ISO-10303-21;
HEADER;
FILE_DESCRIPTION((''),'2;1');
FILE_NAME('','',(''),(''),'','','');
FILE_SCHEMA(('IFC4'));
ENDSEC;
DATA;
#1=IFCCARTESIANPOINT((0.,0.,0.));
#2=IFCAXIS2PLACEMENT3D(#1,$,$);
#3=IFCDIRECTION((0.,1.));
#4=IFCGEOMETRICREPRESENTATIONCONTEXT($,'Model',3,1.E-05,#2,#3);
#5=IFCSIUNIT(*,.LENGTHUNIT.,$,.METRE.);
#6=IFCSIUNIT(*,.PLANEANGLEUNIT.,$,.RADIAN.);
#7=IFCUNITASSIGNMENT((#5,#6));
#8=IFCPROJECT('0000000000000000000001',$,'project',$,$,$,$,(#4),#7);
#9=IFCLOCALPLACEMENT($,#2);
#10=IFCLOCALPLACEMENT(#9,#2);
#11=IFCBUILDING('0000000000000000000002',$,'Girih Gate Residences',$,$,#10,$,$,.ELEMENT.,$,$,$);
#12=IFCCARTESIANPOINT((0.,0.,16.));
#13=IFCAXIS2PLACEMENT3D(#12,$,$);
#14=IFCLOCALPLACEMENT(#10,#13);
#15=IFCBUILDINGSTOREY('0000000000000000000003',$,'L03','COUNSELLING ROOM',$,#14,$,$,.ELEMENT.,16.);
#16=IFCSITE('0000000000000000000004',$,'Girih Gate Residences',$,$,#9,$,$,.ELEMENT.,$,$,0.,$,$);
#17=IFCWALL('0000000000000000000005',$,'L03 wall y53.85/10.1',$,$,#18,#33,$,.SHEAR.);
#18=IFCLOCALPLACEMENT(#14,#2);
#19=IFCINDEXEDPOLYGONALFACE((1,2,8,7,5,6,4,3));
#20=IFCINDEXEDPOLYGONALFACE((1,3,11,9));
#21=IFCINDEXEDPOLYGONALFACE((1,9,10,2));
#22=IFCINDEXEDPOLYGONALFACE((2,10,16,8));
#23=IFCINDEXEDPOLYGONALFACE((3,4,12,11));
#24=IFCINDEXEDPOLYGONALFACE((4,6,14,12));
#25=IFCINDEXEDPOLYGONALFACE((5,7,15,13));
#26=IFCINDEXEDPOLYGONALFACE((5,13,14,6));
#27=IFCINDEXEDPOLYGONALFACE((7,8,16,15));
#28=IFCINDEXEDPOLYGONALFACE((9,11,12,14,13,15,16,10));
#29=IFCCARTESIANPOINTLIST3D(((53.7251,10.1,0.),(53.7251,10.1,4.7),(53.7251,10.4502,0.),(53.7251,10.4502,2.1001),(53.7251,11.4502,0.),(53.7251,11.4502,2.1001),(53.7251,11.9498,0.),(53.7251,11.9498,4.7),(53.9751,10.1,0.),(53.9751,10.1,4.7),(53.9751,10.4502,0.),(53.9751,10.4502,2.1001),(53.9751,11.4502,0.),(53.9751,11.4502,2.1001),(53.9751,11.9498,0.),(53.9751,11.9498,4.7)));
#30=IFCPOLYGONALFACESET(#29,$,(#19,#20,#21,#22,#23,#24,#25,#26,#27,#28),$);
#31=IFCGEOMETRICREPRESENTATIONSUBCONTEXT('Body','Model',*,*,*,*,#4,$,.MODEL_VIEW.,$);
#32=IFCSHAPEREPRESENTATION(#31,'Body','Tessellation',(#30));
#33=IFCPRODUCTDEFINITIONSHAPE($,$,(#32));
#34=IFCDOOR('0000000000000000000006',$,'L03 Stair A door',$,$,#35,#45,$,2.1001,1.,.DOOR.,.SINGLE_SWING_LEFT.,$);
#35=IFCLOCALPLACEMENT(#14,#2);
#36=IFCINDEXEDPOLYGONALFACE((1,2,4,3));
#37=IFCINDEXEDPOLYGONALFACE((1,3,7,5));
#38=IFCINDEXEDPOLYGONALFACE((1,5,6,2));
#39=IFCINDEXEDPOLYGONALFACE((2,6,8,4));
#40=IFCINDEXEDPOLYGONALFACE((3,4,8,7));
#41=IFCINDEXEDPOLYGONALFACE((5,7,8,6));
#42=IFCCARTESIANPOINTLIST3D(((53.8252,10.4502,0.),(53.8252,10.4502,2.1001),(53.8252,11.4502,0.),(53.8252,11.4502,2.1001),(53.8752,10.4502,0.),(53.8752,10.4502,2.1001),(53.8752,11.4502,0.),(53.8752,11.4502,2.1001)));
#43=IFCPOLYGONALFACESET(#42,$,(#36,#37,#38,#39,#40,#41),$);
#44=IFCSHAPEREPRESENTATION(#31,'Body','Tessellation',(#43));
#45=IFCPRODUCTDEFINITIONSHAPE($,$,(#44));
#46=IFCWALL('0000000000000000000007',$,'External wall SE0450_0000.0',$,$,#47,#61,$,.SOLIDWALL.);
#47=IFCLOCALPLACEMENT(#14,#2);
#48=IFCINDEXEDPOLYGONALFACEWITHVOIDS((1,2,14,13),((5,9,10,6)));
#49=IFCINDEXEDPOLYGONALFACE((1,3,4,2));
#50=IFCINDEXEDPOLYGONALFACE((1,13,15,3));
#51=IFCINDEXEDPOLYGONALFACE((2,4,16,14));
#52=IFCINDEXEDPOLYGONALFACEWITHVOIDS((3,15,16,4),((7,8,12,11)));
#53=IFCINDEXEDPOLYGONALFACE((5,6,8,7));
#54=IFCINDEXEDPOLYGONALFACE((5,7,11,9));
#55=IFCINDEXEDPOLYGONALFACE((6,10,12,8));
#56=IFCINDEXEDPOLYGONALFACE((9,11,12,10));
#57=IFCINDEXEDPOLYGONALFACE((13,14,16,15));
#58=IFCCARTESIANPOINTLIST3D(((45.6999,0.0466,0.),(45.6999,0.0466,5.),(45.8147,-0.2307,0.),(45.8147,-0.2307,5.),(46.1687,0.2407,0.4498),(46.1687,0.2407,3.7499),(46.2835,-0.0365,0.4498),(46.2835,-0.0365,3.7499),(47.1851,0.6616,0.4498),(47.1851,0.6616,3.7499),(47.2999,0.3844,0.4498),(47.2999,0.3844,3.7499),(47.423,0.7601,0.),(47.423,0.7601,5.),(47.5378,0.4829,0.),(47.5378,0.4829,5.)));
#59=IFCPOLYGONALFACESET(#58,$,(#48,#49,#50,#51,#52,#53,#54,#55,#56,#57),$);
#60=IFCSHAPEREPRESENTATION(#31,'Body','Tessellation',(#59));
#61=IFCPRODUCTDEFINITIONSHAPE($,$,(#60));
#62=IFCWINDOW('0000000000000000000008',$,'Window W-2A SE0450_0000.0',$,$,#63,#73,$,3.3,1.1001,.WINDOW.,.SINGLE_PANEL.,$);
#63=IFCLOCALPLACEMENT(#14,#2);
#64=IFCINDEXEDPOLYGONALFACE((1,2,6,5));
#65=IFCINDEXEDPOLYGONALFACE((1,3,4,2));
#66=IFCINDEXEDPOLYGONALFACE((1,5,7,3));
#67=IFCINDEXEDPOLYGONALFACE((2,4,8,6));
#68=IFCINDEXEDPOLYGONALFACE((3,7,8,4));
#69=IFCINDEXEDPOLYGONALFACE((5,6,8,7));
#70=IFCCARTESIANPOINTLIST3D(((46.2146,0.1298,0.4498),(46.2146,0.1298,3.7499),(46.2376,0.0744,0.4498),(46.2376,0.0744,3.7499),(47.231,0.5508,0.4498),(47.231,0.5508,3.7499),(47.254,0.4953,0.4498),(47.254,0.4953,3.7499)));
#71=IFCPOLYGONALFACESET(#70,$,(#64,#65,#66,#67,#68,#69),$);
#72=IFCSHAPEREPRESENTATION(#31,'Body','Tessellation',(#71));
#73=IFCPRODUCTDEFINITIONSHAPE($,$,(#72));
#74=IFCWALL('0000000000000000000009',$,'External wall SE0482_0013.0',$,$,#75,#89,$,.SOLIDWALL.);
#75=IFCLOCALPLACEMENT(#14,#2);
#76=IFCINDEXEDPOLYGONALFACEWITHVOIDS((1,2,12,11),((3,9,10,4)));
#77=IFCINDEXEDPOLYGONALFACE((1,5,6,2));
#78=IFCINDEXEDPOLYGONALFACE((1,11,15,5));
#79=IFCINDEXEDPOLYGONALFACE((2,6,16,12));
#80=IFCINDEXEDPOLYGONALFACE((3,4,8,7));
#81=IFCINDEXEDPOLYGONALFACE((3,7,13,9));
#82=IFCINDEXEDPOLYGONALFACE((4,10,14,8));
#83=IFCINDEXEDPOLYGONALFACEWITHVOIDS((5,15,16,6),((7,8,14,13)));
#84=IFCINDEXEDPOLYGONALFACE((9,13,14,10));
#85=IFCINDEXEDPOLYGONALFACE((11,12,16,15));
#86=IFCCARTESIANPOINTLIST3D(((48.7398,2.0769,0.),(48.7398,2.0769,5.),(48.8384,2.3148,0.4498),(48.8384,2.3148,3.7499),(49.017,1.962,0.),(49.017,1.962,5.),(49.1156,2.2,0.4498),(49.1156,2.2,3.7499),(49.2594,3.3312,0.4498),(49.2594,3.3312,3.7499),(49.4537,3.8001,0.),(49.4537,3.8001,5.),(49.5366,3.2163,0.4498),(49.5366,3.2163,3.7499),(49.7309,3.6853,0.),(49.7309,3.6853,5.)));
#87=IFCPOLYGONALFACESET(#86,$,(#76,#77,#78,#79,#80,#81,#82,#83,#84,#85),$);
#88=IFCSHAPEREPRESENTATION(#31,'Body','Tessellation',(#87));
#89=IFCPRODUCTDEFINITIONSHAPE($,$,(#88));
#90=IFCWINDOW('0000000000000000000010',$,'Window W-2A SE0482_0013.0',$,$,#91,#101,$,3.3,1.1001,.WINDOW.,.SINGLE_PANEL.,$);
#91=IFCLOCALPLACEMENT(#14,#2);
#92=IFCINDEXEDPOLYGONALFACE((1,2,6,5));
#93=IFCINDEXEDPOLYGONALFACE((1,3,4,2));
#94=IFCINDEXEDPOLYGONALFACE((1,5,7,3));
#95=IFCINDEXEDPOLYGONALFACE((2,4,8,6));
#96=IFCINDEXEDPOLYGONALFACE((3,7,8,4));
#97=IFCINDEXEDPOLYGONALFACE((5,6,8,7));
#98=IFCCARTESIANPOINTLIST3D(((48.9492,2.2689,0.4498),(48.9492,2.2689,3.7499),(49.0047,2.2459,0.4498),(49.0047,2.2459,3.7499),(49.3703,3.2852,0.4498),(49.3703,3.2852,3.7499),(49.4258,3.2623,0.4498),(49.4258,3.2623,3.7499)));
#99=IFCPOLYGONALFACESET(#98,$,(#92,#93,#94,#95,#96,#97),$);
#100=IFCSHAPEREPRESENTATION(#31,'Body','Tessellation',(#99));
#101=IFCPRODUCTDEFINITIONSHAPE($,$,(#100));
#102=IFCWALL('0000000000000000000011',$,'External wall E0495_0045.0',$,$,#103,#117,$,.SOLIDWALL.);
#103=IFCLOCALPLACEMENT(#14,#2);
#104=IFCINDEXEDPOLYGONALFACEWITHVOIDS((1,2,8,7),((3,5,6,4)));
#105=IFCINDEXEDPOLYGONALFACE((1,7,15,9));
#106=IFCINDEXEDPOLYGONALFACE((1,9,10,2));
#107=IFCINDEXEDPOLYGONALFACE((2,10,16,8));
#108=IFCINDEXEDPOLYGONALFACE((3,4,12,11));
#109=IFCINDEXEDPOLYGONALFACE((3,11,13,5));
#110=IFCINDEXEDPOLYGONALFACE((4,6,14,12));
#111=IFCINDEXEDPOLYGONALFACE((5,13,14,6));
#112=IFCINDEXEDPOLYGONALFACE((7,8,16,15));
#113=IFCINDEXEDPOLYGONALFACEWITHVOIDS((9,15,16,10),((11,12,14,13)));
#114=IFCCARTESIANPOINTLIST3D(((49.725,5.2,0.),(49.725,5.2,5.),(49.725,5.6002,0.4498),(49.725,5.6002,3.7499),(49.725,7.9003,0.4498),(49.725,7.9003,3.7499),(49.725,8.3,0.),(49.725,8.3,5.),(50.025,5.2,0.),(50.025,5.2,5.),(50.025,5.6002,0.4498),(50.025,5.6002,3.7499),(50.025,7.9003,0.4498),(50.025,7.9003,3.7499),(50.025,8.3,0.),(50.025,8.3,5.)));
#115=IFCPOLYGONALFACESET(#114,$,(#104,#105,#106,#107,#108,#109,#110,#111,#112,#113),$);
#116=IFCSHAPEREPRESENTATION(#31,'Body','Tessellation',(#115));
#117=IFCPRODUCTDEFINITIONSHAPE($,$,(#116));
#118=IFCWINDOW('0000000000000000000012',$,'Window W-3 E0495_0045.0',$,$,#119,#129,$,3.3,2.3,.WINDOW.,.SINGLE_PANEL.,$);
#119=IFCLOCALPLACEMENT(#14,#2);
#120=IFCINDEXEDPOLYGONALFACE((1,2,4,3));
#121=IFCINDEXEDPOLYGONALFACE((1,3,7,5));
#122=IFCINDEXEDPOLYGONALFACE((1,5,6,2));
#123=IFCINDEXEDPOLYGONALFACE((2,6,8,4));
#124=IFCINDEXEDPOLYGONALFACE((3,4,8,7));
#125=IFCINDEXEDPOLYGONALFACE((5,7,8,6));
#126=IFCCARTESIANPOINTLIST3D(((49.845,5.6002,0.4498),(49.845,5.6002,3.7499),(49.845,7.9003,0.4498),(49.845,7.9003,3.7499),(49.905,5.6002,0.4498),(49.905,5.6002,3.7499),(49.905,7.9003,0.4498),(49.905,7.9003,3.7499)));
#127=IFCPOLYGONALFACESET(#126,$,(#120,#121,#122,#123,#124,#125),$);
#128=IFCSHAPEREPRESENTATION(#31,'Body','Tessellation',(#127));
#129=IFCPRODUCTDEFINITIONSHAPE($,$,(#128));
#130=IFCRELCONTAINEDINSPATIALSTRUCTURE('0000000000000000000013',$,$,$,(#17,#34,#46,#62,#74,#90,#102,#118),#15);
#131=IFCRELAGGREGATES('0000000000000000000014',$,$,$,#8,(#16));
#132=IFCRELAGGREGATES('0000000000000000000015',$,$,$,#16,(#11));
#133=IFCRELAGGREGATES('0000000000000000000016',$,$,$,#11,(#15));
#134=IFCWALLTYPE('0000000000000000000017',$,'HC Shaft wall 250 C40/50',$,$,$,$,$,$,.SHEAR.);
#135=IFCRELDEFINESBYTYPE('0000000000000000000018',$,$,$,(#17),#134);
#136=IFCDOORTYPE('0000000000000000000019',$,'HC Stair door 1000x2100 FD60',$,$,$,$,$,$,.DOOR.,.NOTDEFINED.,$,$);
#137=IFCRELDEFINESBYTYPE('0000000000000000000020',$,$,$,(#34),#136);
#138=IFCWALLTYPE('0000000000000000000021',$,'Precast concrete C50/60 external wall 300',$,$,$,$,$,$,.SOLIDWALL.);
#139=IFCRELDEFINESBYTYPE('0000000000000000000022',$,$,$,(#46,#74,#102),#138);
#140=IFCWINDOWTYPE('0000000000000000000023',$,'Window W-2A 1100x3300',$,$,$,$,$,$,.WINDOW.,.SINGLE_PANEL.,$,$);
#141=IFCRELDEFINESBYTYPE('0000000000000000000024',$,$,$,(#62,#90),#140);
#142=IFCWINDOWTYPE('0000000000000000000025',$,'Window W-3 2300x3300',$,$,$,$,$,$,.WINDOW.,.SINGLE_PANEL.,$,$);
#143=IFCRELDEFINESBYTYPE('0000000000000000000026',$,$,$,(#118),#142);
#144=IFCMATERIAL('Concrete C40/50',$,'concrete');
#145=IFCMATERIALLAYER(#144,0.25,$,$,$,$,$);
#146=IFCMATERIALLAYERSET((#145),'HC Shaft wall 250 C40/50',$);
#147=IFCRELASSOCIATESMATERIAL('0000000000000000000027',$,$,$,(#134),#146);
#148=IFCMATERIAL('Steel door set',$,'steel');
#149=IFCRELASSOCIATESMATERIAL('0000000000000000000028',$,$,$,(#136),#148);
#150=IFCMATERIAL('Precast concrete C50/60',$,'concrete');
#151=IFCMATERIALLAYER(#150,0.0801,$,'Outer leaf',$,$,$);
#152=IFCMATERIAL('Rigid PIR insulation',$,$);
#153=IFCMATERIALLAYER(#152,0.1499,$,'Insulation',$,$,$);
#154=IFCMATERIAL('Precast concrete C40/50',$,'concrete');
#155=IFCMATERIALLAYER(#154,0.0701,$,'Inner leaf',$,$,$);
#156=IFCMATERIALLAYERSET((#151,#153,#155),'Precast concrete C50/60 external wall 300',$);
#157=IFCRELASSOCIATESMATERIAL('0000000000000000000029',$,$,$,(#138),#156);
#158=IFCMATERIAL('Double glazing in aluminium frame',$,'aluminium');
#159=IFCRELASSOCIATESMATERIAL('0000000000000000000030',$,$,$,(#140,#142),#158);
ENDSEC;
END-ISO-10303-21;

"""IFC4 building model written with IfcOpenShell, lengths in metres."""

from ifc_helpers import new_model, si_unit, direction, frame, frame_2d, origin, place, context, subcontext, project, spatial, rectangle, extrude, material, layer, layer_set, type_object, element, fill, save


model = new_model("IFC4")

# Units and contexts
model_context = context("Model", 3, precision=1e-05, world=origin(), true_north=direction((0.0, 1.0)))
body_context = subcontext(model_context, "Body", "Model", "MODEL_VIEW")
ifc_project = project(units=[si_unit("LENGTHUNIT", "METRE"), si_unit("PLANEANGLEUNIT", "RADIAN")], contexts=[model_context])

# Site, building, storey
site_placement = place(None, origin())
site = spatial("IfcSite", under=ifc_project, at=site_placement, Name="Girih Gate Residences", CompositionType="ELEMENT", RefElevation=0.0)
building_placement = place(site_placement, origin())
building = spatial("IfcBuilding", under=site, at=building_placement, Name="Girih Gate Residences", CompositionType="ELEMENT")
storey_placement = place(building_placement, frame((0.0, 0.0, 16.0)))
storey = spatial("IfcBuildingStorey", under=building, at=storey_placement, Name="L03", Description="COUNSELLING ROOM", CompositionType="ELEMENT", Elevation=16.0)

# Shared definitions
ifc_material_1 = material(Name="Concrete C40/50", Category="concrete")

# Shared definitions
ifc_material_2 = material(Name="Precast concrete C40/50", Category="concrete")
ifc_layer_1 = layer(ifc_material_1, 0.25)
ifc_layer_set_1 = layer_set([ifc_layer_1], Name="HC Shaft wall 250 C40/50")
wall_type_1 = type_object("IfcWallType", Name="HC Shaft wall 250 C40/50", PredefinedType="SHEAR", material=ifc_layer_set_1)

# Wall, opening, door
wall_1_placement = place(storey_placement, frame((53.8501, 10.1001, 0.0), z_axis=(0.0, 0.0, 1.0), x_axis=(0.0, 1.0, 0.0)))
wall_1 = element("IfcWall", 1, at=wall_1_placement, inside=storey, type_object=wall_type_1, Name="L03 wall y53.85/10.1", PredefinedType="SHEAR", context=body_context, shape_type="SweptSolid", body=[
    extrude(rectangle(XDim=1.8499, YDim=0.25, at=frame_2d((0.9248, 0.0))), origin(), (0.0, 0.0, 1.0), 4.7),
])
opening_1_placement = place(wall_1_placement, frame((0.3501, 0.0, 0.0)))
opening_1 = element("IfcOpeningElement", 2, at=opening_1_placement, cuts=wall_1, PredefinedType="OPENING", context=body_context, shape_type="SweptSolid", body=[
    extrude(rectangle(XDim=1.0, YDim=2.1001, at=frame_2d((0.5, 1.05))), frame((0.0, 0.135, 0.0), z_axis=(0.0, -1.0, 0.0), x_axis=(1.0, 0.0, 0.0)), (0.0, 0.0, 1.0), 0.27),
])
ifc_material_3 = material(Name="Steel door set", Category="steel")
door_type = type_object("IfcDoorType", Name="HC Stair door 1000x2100 FD60", OperationType="NOTDEFINED", PredefinedType="DOOR", material=ifc_material_3)
door_placement = place(opening_1_placement, origin())
door = element("IfcDoor", 3, at=door_placement, inside=storey, type_object=door_type, Name="L03 Stair A door", OperationType="SINGLE_SWING_LEFT", OverallHeight=2.1001, OverallWidth=1.0, PredefinedType="DOOR", context=body_context, shape_type="SweptSolid", body=[
    extrude(rectangle(XDim=1.0, YDim=2.1001, at=frame_2d((0.5, 1.05))), frame((0.0, 0.0249, 0.0), z_axis=(0.0, -1.0, 0.0), x_axis=(1.0, 0.0, 0.0)), (0.0, 0.0, 1.0), 0.05),
])
fill(opening_1, door)

# Walls, openings, windows
ifc_material_4 = material(Name="Precast concrete C50/60", Category="concrete")
ifc_layer_2 = layer(ifc_material_4, 0.0801, Name="Outer leaf")
ifc_material_5 = material(Name="Rigid PIR insulation")
ifc_layer_3 = layer(ifc_material_5, 0.1499, Name="Insulation")
ifc_layer_4 = layer(ifc_material_2, 0.0701, Name="Inner leaf")
ifc_layer_set_2 = layer_set([ifc_layer_2, ifc_layer_3, ifc_layer_4], Name="Precast concrete C50/60 external wall 300")
wall_type_2 = type_object("IfcWallType", Name="Precast concrete C50/60 external wall 300", PredefinedType="SOLIDWALL", material=ifc_layer_set_2)
wall_2_placement = place(storey_placement, frame((47.4805, 0.6216, 0.0), z_axis=(0.0, 0.0, 1.0), x_axis=(-0.923904, -0.382625, 0.0)))
wall_2 = element("IfcWall", 4, at=wall_2_placement, inside=storey, type_object=wall_type_2, Name="External wall SE0450_0000.0", PredefinedType="SOLIDWALL", context=body_context, shape_type="SweptSolid", body=[
    extrude(rectangle(XDim=1.865, YDim=0.3, at=frame_2d((0.9326, 0.0))), origin(), (0.0, 0.0, 1.0), 5.0),
])
opening_2_placement = place(wall_2_placement, frame((0.2576, 0.0, 0.45)))
opening_2 = element("IfcOpeningElement", 5, at=opening_2_placement, cuts=wall_2, PredefinedType="OPENING", context=body_context, shape_type="SweptSolid", body=[
    extrude(rectangle(XDim=1.1001, YDim=3.3, at=frame_2d((0.55, 1.6499))), frame((0.0, 0.1599, 0.0), z_axis=(0.0, -1.0, 0.0), x_axis=(1.0, 0.0, 0.0)), (0.0, 0.0, 1.0), 0.3201),
])
ifc_material_6 = material(Name="Double glazing in aluminium frame", Category="aluminium")
window_type_1 = type_object("IfcWindowType", Name="Window W-2A 1100x3300", PartitioningType="SINGLE_PANEL", PredefinedType="WINDOW", material=ifc_material_6)
window_1_placement = place(opening_2_placement, origin())
window_1 = element("IfcWindow", 6, at=window_1_placement, inside=storey, type_object=window_type_1, Name="Window W-2A SE0450_0000.0", OverallHeight=3.3, OverallWidth=1.1001, PartitioningType="SINGLE_PANEL", PredefinedType="WINDOW", context=body_context, shape_type="SweptSolid", body=[
    extrude(rectangle(XDim=1.1001, YDim=3.3, at=frame_2d((0.55, 1.6499))), frame((0.0, 0.03, 0.0), z_axis=(0.0, -1.0, 0.0), x_axis=(1.0, 0.0, 0.0)), (0.0, 0.0, 1.0), 0.0601),
])
fill(opening_2, window_1)
wall_3_placement = place(storey_placement, frame((49.5923, 3.7427, 0.0), z_axis=(0.0, 0.0, 1.0), x_axis=(-0.382737, -0.923857, 0.0)))
wall_3 = element("IfcWall", 7, at=wall_3_placement, inside=storey, type_object=wall_type_2, Name="External wall SE0482_0013.0", PredefinedType="SOLIDWALL", context=body_context, shape_type="SweptSolid", body=[
    extrude(rectangle(XDim=1.8652, YDim=0.3, at=frame_2d((0.9326, 0.0))), origin(), (0.0, 0.0, 1.0), 5.0),
])
opening_3_placement = place(wall_3_placement, frame((0.5076, 0.0, 0.45)))
opening_3 = element("IfcOpeningElement", 8, at=opening_3_placement, cuts=wall_3, PredefinedType="OPENING", context=body_context, shape_type="SweptSolid", body=[
    extrude(rectangle(XDim=1.1001, YDim=3.3, at=frame_2d((0.55, 1.6499))), frame((0.0, 0.1599, 0.0), z_axis=(0.0, -1.0, 0.0), x_axis=(1.0, 0.0, 0.0)), (0.0, 0.0, 1.0), 0.3201),
])
window_2_placement = place(opening_3_placement, origin())
window_2 = element("IfcWindow", 9, at=window_2_placement, inside=storey, type_object=window_type_1, Name="Window W-2A SE0482_0013.0", OverallHeight=3.3, OverallWidth=1.1001, PartitioningType="SINGLE_PANEL", PredefinedType="WINDOW", context=body_context, shape_type="SweptSolid", body=[
    extrude(rectangle(XDim=1.1001, YDim=3.3, at=frame_2d((0.55, 1.6499))), frame((0.0, 0.03, 0.0), z_axis=(0.0, -1.0, 0.0), x_axis=(1.0, 0.0, 0.0)), (0.0, 0.0, 1.0), 0.0601),
])
fill(opening_3, window_2)
wall_4_placement = place(storey_placement, frame((49.875, 8.3, 0.0), z_axis=(0.0, 0.0, 1.0), x_axis=(0.0, -1.0, 0.0)))
wall_4 = element("IfcWall", 10, at=wall_4_placement, inside=storey, type_object=wall_type_2, Name="External wall E0495_0045.0", PredefinedType="SOLIDWALL", context=body_context, shape_type="SweptSolid", body=[
    extrude(rectangle(XDim=3.1001, YDim=0.3, at=frame_2d((1.55, 0.0))), origin(), (0.0, 0.0, 1.0), 5.0),
])
opening_4_placement = place(wall_4_placement, frame((0.3999, 0.0, 0.45)))
opening_4 = element("IfcOpeningElement", 11, at=opening_4_placement, cuts=wall_4, PredefinedType="OPENING", context=body_context, shape_type="SweptSolid", body=[
    extrude(rectangle(XDim=2.3, YDim=3.3, at=frame_2d((1.1499, 1.6499))), frame((0.0, 0.1599, 0.0), z_axis=(0.0, -1.0, 0.0), x_axis=(1.0, 0.0, 0.0)), (0.0, 0.0, 1.0), 0.3201),
])
window_type_2 = type_object("IfcWindowType", Name="Window W-3 2300x3300", PartitioningType="SINGLE_PANEL", PredefinedType="WINDOW", material=ifc_material_6)
window_3_placement = place(opening_4_placement, origin())
window_3 = element("IfcWindow", 12, at=window_3_placement, inside=storey, type_object=window_type_2, Name="Window W-3 E0495_0045.0", OverallHeight=3.3, OverallWidth=2.3, PartitioningType="SINGLE_PANEL", PredefinedType="WINDOW", context=body_context, shape_type="SweptSolid", body=[
    extrude(rectangle(XDim=2.3, YDim=3.3, at=frame_2d((1.1499, 1.6499))), frame((0.0, 0.03, 0.0), z_axis=(0.0, -1.0, 0.0), x_axis=(1.0, 0.0, 0.0)), (0.0, 0.0, 1.0), 0.0601),
])
fill(opening_4, window_3)

save(model, "model.ifc")
